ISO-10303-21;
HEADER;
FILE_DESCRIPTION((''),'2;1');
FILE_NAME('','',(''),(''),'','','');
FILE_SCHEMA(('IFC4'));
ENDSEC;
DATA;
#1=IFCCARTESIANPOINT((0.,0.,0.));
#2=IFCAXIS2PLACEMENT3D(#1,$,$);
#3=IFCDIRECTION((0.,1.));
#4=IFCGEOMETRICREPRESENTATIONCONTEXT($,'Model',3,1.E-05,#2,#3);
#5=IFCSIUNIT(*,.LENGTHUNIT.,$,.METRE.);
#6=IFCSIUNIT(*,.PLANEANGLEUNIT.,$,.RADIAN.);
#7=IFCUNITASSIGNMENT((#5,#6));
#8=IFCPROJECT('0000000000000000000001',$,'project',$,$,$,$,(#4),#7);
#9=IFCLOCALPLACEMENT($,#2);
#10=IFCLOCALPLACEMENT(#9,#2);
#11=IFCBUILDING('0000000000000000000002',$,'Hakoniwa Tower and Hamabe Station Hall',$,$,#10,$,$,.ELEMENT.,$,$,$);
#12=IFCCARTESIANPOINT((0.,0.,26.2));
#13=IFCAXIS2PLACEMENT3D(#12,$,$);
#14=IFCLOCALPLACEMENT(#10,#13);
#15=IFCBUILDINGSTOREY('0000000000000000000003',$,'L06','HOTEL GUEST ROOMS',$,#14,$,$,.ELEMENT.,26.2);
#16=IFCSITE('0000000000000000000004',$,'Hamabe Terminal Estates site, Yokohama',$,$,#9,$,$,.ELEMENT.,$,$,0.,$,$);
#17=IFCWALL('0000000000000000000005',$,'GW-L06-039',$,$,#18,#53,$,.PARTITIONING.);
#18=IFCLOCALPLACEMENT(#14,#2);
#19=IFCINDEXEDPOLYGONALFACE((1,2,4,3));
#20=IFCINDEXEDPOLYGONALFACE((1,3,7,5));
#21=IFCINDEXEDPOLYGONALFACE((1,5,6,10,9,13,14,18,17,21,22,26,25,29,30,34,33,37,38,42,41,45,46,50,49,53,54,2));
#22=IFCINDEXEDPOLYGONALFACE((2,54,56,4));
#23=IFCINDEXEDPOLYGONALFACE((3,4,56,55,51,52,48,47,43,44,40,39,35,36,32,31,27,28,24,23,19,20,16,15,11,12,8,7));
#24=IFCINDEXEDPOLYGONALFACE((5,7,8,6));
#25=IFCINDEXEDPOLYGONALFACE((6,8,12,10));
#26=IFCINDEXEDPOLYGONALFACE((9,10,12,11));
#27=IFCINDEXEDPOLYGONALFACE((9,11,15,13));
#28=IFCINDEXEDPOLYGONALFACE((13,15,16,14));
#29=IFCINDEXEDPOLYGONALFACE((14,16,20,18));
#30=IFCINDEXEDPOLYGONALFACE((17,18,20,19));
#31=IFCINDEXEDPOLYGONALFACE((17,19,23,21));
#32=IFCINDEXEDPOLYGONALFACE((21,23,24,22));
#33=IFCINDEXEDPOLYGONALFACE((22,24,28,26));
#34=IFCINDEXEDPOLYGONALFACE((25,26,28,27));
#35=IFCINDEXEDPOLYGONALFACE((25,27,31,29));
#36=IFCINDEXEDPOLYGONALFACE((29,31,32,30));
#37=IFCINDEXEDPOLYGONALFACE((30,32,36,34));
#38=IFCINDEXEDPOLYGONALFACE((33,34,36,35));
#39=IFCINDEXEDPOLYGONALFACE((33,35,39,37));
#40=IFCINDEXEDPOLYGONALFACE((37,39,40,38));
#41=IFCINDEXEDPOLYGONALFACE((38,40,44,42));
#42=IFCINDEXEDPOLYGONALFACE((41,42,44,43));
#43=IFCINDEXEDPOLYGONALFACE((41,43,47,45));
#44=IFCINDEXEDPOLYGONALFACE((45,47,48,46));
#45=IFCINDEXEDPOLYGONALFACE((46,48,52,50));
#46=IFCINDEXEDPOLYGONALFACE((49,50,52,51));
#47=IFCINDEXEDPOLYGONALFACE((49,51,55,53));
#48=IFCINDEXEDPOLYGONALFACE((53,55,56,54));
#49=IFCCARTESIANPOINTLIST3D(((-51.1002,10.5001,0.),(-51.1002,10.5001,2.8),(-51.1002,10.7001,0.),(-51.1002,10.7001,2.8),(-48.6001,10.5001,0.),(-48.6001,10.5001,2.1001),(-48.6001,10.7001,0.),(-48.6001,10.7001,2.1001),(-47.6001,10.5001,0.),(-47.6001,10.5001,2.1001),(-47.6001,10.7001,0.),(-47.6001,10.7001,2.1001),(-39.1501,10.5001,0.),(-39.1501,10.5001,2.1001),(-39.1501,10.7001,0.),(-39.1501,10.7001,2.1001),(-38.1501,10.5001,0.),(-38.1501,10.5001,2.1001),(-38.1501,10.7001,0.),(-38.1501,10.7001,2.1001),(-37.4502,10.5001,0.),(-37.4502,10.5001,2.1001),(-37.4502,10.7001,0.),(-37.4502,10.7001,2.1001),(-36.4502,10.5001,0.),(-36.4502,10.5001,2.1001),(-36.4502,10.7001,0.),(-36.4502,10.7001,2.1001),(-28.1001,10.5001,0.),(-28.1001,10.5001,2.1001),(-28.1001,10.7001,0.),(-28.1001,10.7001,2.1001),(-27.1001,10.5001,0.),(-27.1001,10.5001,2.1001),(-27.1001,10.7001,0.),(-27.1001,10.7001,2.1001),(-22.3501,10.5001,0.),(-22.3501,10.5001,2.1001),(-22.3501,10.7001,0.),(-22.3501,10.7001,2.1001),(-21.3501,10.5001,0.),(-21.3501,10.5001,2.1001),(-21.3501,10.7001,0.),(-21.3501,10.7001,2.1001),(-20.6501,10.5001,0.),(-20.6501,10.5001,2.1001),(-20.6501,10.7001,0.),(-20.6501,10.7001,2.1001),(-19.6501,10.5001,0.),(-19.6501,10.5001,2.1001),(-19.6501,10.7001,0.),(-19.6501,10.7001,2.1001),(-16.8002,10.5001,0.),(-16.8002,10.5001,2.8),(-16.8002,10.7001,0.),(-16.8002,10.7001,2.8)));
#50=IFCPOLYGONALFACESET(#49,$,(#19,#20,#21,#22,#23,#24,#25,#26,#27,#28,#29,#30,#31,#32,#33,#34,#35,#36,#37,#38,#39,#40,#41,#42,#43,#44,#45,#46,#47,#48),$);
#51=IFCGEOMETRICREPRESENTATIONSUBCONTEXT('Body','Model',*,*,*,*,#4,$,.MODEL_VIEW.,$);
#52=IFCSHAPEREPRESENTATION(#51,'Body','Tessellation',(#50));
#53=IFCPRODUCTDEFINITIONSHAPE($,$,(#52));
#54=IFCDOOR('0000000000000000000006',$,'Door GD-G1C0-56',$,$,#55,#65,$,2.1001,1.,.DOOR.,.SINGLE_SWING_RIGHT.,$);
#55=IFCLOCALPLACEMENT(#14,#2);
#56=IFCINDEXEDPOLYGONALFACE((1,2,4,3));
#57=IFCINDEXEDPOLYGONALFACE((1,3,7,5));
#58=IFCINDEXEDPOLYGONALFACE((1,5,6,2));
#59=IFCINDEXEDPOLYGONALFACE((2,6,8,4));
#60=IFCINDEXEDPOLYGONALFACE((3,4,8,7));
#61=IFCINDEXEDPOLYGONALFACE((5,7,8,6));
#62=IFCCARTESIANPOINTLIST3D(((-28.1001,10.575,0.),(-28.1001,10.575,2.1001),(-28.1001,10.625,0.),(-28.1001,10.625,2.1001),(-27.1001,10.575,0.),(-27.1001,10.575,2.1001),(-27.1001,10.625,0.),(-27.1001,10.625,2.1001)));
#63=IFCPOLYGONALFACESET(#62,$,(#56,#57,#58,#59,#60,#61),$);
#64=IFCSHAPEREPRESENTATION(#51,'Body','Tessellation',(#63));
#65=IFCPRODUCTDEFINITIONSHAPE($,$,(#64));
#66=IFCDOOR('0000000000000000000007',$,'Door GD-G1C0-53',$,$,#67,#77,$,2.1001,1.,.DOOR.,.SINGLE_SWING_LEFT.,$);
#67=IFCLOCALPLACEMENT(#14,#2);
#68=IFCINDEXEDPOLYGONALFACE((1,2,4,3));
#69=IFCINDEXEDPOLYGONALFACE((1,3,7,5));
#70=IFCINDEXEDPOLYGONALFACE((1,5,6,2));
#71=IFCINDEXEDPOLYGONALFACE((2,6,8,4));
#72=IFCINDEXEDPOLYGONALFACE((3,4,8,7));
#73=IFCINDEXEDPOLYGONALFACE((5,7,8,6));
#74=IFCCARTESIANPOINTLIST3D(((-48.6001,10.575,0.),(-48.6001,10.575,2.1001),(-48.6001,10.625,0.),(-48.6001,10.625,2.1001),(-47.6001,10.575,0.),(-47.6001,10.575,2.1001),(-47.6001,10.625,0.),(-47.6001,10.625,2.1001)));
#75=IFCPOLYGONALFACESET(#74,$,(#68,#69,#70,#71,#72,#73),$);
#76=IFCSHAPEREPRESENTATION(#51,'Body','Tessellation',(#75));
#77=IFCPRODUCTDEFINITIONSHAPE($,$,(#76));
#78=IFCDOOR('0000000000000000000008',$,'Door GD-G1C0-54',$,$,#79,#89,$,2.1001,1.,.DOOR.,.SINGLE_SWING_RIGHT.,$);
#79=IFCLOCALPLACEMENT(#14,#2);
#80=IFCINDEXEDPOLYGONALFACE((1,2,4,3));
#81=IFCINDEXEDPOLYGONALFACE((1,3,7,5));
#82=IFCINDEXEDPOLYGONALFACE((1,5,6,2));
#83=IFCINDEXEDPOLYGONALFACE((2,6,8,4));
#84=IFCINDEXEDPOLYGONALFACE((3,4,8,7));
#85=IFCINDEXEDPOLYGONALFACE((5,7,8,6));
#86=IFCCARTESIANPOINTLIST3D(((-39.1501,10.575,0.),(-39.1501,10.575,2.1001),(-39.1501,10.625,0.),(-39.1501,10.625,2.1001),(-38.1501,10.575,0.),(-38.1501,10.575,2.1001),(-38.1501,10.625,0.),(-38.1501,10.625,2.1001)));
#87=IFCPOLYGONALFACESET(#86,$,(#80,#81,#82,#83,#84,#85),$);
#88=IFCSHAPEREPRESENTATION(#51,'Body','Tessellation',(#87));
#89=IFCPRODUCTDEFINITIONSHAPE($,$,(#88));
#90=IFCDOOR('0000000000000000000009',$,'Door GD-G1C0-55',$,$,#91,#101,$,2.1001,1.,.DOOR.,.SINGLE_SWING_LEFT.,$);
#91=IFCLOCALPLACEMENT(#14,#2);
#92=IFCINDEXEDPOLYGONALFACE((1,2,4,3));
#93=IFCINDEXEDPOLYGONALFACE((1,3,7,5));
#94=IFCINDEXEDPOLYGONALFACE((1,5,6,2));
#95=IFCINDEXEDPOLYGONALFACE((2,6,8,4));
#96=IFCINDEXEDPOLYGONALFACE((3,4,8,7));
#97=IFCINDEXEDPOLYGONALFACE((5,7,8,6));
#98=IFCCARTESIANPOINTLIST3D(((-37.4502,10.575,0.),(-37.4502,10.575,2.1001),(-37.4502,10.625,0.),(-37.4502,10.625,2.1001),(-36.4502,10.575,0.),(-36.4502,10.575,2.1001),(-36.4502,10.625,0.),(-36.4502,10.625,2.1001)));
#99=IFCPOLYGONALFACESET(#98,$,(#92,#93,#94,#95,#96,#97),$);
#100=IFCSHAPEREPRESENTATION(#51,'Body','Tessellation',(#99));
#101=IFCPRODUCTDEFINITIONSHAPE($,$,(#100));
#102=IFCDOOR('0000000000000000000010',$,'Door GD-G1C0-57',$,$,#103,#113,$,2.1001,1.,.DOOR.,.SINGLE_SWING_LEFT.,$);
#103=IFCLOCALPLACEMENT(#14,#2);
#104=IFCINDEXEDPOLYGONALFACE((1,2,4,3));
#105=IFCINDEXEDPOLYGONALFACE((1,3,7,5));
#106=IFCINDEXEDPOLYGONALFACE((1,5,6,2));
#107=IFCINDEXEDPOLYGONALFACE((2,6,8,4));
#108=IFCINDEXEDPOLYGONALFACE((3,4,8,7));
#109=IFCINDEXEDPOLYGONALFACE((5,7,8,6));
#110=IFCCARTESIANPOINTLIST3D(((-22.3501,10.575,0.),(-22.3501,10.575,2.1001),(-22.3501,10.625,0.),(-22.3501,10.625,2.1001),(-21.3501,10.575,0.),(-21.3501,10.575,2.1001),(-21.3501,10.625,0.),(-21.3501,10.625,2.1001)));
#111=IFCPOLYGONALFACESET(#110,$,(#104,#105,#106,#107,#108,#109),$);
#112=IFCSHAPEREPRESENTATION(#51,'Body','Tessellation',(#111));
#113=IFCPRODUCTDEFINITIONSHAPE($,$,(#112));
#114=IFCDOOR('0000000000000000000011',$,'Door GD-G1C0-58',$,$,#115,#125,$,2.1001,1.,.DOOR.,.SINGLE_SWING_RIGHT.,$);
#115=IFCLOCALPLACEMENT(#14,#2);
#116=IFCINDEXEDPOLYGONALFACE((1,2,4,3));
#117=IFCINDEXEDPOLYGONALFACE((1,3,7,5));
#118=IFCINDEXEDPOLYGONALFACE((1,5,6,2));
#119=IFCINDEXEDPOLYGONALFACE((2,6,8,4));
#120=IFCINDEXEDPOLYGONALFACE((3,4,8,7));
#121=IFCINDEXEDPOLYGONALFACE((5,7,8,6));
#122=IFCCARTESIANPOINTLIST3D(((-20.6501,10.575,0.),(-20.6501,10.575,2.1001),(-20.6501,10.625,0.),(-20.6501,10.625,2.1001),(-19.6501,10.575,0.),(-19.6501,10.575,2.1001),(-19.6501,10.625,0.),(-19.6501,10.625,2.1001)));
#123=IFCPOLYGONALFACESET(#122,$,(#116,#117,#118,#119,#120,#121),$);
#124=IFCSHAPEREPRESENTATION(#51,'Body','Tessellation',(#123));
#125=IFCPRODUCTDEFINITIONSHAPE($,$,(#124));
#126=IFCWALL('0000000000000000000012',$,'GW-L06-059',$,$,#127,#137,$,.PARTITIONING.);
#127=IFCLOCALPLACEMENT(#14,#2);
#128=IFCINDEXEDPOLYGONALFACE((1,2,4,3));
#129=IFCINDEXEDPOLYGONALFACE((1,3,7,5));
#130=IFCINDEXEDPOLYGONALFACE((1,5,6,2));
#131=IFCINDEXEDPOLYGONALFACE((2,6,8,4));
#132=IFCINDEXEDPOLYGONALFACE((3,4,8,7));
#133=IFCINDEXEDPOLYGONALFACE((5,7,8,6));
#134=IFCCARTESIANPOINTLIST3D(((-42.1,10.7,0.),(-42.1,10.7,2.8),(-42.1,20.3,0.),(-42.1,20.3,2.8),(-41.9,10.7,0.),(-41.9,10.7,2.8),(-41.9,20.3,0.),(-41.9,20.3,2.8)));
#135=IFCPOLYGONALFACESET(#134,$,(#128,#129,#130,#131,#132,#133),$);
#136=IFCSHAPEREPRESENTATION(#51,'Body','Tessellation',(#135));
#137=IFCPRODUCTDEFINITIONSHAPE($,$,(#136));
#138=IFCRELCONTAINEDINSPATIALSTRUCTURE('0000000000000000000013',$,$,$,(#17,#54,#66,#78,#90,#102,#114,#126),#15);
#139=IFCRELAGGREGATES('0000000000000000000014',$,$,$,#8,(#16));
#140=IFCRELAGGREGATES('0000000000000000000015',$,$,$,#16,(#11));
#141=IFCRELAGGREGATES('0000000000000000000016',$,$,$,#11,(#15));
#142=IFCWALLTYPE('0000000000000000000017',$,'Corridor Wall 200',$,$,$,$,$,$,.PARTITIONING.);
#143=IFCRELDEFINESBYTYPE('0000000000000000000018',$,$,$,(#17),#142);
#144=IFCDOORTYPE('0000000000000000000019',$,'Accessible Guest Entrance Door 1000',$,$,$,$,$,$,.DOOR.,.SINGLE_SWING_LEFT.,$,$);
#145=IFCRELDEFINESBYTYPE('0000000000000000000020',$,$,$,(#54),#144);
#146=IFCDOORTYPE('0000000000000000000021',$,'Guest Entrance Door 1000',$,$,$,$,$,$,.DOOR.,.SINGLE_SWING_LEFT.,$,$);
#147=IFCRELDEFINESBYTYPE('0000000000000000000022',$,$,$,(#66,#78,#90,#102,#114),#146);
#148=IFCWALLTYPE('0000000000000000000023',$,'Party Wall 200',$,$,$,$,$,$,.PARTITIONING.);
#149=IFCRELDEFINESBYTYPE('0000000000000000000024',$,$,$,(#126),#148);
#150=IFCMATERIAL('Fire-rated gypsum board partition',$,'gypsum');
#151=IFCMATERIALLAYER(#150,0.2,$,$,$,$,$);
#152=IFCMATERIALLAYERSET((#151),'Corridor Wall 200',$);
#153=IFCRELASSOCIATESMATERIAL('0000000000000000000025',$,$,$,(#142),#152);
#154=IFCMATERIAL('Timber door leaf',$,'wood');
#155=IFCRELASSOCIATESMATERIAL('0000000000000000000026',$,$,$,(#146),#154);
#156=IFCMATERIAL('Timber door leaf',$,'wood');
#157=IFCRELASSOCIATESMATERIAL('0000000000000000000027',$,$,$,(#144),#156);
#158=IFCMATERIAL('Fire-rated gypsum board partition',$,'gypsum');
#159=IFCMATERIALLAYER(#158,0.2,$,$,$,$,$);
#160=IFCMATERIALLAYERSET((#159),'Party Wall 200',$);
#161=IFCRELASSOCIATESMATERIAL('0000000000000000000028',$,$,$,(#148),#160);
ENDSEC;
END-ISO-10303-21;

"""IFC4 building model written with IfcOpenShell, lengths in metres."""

from ifc_helpers import new_model, si_unit, direction, frame, frame_2d, origin, place, context, subcontext, project, spatial, rectangle, extrude, material, layer, layer_set, type_object, element, fill, save


model = new_model("IFC4")

# Units and contexts
model_context = context("Model", 3, precision=1e-05, world=origin(), true_north=direction((0.0, 1.0)))
body_context = subcontext(model_context, "Body", "Model", "MODEL_VIEW")
ifc_project = project(units=[si_unit("LENGTHUNIT", "METRE"), si_unit("PLANEANGLEUNIT", "RADIAN")], contexts=[model_context])

# Site, building, storey
site_placement = place(None, origin())
site = spatial("IfcSite", under=ifc_project, at=site_placement, Name="Hamabe Terminal Estates site, Yokohama", CompositionType="ELEMENT", RefElevation=0.0)
building_placement = place(site_placement, origin())
building = spatial("IfcBuilding", under=site, at=building_placement, Name="Hakoniwa Tower and Hamabe Station Hall", CompositionType="ELEMENT")
storey_placement = place(building_placement, frame((0.0, 0.0, 26.2)))
storey = spatial("IfcBuildingStorey", under=building, at=storey_placement, Name="L06", Description="HOTEL GUEST ROOMS", CompositionType="ELEMENT", Elevation=26.2)

# Wall, openings, doors
ifc_material_1 = material(Name="Fire-rated gypsum board partition", Category="gypsum")
ifc_layer_1 = layer(ifc_material_1, 0.2)
ifc_layer_set_1 = layer_set([ifc_layer_1], Name="Corridor Wall 200")
wall_type_1 = type_object("IfcWallType", Name="Corridor Wall 200", PredefinedType="PARTITIONING", material=ifc_layer_set_1)
ifc_material_2 = material(Name="Timber door leaf", Category="wood")
door_type_1 = type_object("IfcDoorType", Name="Guest Entrance Door 1000", OperationType="SINGLE_SWING_LEFT", PredefinedType="DOOR", material=ifc_material_2)
wall_1_placement = place(storey_placement, frame((-51.1001, 10.6001, 0.0), z_axis=(0.0, 0.0, 1.0), x_axis=(1.0, 0.0, 0.0)))
wall_1 = element("IfcWall", 1, at=wall_1_placement, inside=storey, type_object=wall_type_1, Name="GW-L06-039", PredefinedType="PARTITIONING", context=body_context, shape_type="SweptSolid", body=[
    extrude(rectangle(XDim=34.3, YDim=0.2, at=frame_2d((17.1499, 0.0))), origin(), (0.0, 0.0, 1.0), 2.8),
])
opening_1_placement = place(wall_1_placement, frame((2.5, 0.0, 0.0)))
opening_1 = element("IfcOpeningElement", 2, at=opening_1_placement, cuts=wall_1, PredefinedType="OPENING", context=body_context, shape_type="SweptSolid", body=[
    extrude(rectangle(XDim=1.0, YDim=2.1001, at=frame_2d((0.5, 1.05))), frame((0.0, 0.1099, 0.0), z_axis=(0.0, -1.0, 0.0), x_axis=(1.0, 0.0, 0.0)), (0.0, 0.0, 1.0), 0.22),
])
opening_2_placement = place(wall_1_placement, frame((11.95, 0.0, 0.0)))
opening_2 = element("IfcOpeningElement", 3, at=opening_2_placement, cuts=wall_1, PredefinedType="OPENING", context=body_context, shape_type="SweptSolid", body=[
    extrude(rectangle(XDim=1.0, YDim=2.1001, at=frame_2d((0.5, 1.05))), frame((0.0, 0.1099, 0.0), z_axis=(0.0, -1.0, 0.0), x_axis=(1.0, 0.0, 0.0)), (0.0, 0.0, 1.0), 0.22),
])
opening_3_placement = place(wall_1_placement, frame((13.6499, 0.0, 0.0)))
opening_3 = element("IfcOpeningElement", 4, at=opening_3_placement, cuts=wall_1, PredefinedType="OPENING", context=body_context, shape_type="SweptSolid", body=[
    extrude(rectangle(XDim=1.0, YDim=2.1001, at=frame_2d((0.5, 1.05))), frame((0.0, 0.1099, 0.0), z_axis=(0.0, -1.0, 0.0), x_axis=(1.0, 0.0, 0.0)), (0.0, 0.0, 1.0), 0.22),
])
opening_4_placement = place(wall_1_placement, frame((23.0, 0.0, 0.0)))
opening_4 = element("IfcOpeningElement", 5, at=opening_4_placement, cuts=wall_1, PredefinedType="OPENING", context=body_context, shape_type="SweptSolid", body=[
    extrude(rectangle(XDim=1.0, YDim=2.1001, at=frame_2d((0.5, 1.05))), frame((0.0, 0.1099, 0.0), z_axis=(0.0, -1.0, 0.0), x_axis=(1.0, 0.0, 0.0)), (0.0, 0.0, 1.0), 0.22),
])
opening_5_placement = place(wall_1_placement, frame((28.75, 0.0, 0.0)))
opening_5 = element("IfcOpeningElement", 6, at=opening_5_placement, cuts=wall_1, PredefinedType="OPENING", context=body_context, shape_type="SweptSolid", body=[
    extrude(rectangle(XDim=1.0, YDim=2.1001, at=frame_2d((0.5, 1.05))), frame((0.0, 0.1099, 0.0), z_axis=(0.0, -1.0, 0.0), x_axis=(1.0, 0.0, 0.0)), (0.0, 0.0, 1.0), 0.22),
])
opening_6_placement = place(wall_1_placement, frame((30.45, 0.0, 0.0)))
opening_6 = element("IfcOpeningElement", 7, at=opening_6_placement, cuts=wall_1, PredefinedType="OPENING", context=body_context, shape_type="SweptSolid", body=[
    extrude(rectangle(XDim=1.0, YDim=2.1001, at=frame_2d((0.5, 1.05))), frame((0.0, 0.1099, 0.0), z_axis=(0.0, -1.0, 0.0), x_axis=(1.0, 0.0, 0.0)), (0.0, 0.0, 1.0), 0.22),
])
ifc_material_3 = material(Name="Timber door leaf", Category="wood")
door_type_2 = type_object("IfcDoorType", Name="Accessible Guest Entrance Door 1000", OperationType="SINGLE_SWING_LEFT", PredefinedType="DOOR", material=ifc_material_3)
door_1_placement = place(opening_4_placement, origin())
door_1 = element("IfcDoor", 8, at=door_1_placement, inside=storey, type_object=door_type_2, Name="Door GD-G1C0-56", OperationType="SINGLE_SWING_RIGHT", OverallHeight=2.1001, OverallWidth=1.0, PredefinedType="DOOR", context=body_context, shape_type="SweptSolid", body=[
    extrude(rectangle(XDim=1.0, YDim=2.1001, at=frame_2d((0.5, 1.05))), frame((0.0, 0.0249, 0.0), z_axis=(0.0, -1.0, 0.0), x_axis=(1.0, 0.0, 0.0)), (0.0, 0.0, 1.0), 0.05),
])
fill(opening_4, door_1)
door_2_placement = place(opening_1_placement, origin())
door_2 = element("IfcDoor", 9, at=door_2_placement, inside=storey, type_object=door_type_1, Name="Door GD-G1C0-53", OperationType="SINGLE_SWING_LEFT", OverallHeight=2.1001, OverallWidth=1.0, PredefinedType="DOOR", context=body_context, shape_type="SweptSolid", body=[
    extrude(rectangle(XDim=1.0, YDim=2.1001, at=frame_2d((0.5, 1.05))), frame((0.0, 0.0249, 0.0), z_axis=(0.0, -1.0, 0.0), x_axis=(1.0, 0.0, 0.0)), (0.0, 0.0, 1.0), 0.05),
])
fill(opening_1, door_2)
door_3_placement = place(opening_2_placement, origin())
door_3 = element("IfcDoor", 10, at=door_3_placement, inside=storey, type_object=door_type_1, Name="Door GD-G1C0-54", OperationType="SINGLE_SWING_RIGHT", OverallHeight=2.1001, OverallWidth=1.0, PredefinedType="DOOR", context=body_context, shape_type="SweptSolid", body=[
    extrude(rectangle(XDim=1.0, YDim=2.1001, at=frame_2d((0.5, 1.05))), frame((0.0, 0.0249, 0.0), z_axis=(0.0, -1.0, 0.0), x_axis=(1.0, 0.0, 0.0)), (0.0, 0.0, 1.0), 0.05),
])
fill(opening_2, door_3)
door_4_placement = place(opening_3_placement, origin())
door_4 = element("IfcDoor", 11, at=door_4_placement, inside=storey, type_object=door_type_1, Name="Door GD-G1C0-55", OperationType="SINGLE_SWING_LEFT", OverallHeight=2.1001, OverallWidth=1.0, PredefinedType="DOOR", context=body_context, shape_type="SweptSolid", body=[
    extrude(rectangle(XDim=1.0, YDim=2.1001, at=frame_2d((0.5, 1.05))), frame((0.0, 0.0249, 0.0), z_axis=(0.0, -1.0, 0.0), x_axis=(1.0, 0.0, 0.0)), (0.0, 0.0, 1.0), 0.05),
])
fill(opening_3, door_4)
door_5_placement = place(opening_5_placement, origin())
door_5 = element("IfcDoor", 12, at=door_5_placement, inside=storey, type_object=door_type_1, Name="Door GD-G1C0-57", OperationType="SINGLE_SWING_LEFT", OverallHeight=2.1001, OverallWidth=1.0, PredefinedType="DOOR", context=body_context, shape_type="SweptSolid", body=[
    extrude(rectangle(XDim=1.0, YDim=2.1001, at=frame_2d((0.5, 1.05))), frame((0.0, 0.0249, 0.0), z_axis=(0.0, -1.0, 0.0), x_axis=(1.0, 0.0, 0.0)), (0.0, 0.0, 1.0), 0.05),
])
fill(opening_5, door_5)
door_6_placement = place(opening_6_placement, origin())
door_6 = element("IfcDoor", 13, at=door_6_placement, inside=storey, type_object=door_type_1, Name="Door GD-G1C0-58", OperationType="SINGLE_SWING_RIGHT", OverallHeight=2.1001, OverallWidth=1.0, PredefinedType="DOOR", context=body_context, shape_type="SweptSolid", body=[
    extrude(rectangle(XDim=1.0, YDim=2.1001, at=frame_2d((0.5, 1.05))), frame((0.0, 0.0249, 0.0), z_axis=(0.0, -1.0, 0.0), x_axis=(1.0, 0.0, 0.0)), (0.0, 0.0, 1.0), 0.05),
])
fill(opening_6, door_6)

# Wall
ifc_material_4 = material(Name="Fire-rated gypsum board partition", Category="gypsum")
ifc_layer_2 = layer(ifc_material_4, 0.2)
ifc_layer_set_2 = layer_set([ifc_layer_2], Name="Party Wall 200")
wall_type_2 = type_object("IfcWallType", Name="Party Wall 200", PredefinedType="PARTITIONING", material=ifc_layer_set_2)
wall_2_placement = place(storey_placement, frame((-42.0, 10.7, 0.0), z_axis=(0.0, 0.0, 1.0), x_axis=(0.0, 1.0, 0.0)))
element("IfcWall", 14, at=wall_2_placement, inside=storey, type_object=wall_type_2, Name="GW-L06-059", PredefinedType="PARTITIONING", context=body_context, shape_type="SweptSolid", body=[
    extrude(rectangle(XDim=9.6001, YDim=0.2, at=frame_2d((4.8, 0.0))), origin(), (0.0, 0.0, 1.0), 2.8),
])

save(model, "model.ifc")
